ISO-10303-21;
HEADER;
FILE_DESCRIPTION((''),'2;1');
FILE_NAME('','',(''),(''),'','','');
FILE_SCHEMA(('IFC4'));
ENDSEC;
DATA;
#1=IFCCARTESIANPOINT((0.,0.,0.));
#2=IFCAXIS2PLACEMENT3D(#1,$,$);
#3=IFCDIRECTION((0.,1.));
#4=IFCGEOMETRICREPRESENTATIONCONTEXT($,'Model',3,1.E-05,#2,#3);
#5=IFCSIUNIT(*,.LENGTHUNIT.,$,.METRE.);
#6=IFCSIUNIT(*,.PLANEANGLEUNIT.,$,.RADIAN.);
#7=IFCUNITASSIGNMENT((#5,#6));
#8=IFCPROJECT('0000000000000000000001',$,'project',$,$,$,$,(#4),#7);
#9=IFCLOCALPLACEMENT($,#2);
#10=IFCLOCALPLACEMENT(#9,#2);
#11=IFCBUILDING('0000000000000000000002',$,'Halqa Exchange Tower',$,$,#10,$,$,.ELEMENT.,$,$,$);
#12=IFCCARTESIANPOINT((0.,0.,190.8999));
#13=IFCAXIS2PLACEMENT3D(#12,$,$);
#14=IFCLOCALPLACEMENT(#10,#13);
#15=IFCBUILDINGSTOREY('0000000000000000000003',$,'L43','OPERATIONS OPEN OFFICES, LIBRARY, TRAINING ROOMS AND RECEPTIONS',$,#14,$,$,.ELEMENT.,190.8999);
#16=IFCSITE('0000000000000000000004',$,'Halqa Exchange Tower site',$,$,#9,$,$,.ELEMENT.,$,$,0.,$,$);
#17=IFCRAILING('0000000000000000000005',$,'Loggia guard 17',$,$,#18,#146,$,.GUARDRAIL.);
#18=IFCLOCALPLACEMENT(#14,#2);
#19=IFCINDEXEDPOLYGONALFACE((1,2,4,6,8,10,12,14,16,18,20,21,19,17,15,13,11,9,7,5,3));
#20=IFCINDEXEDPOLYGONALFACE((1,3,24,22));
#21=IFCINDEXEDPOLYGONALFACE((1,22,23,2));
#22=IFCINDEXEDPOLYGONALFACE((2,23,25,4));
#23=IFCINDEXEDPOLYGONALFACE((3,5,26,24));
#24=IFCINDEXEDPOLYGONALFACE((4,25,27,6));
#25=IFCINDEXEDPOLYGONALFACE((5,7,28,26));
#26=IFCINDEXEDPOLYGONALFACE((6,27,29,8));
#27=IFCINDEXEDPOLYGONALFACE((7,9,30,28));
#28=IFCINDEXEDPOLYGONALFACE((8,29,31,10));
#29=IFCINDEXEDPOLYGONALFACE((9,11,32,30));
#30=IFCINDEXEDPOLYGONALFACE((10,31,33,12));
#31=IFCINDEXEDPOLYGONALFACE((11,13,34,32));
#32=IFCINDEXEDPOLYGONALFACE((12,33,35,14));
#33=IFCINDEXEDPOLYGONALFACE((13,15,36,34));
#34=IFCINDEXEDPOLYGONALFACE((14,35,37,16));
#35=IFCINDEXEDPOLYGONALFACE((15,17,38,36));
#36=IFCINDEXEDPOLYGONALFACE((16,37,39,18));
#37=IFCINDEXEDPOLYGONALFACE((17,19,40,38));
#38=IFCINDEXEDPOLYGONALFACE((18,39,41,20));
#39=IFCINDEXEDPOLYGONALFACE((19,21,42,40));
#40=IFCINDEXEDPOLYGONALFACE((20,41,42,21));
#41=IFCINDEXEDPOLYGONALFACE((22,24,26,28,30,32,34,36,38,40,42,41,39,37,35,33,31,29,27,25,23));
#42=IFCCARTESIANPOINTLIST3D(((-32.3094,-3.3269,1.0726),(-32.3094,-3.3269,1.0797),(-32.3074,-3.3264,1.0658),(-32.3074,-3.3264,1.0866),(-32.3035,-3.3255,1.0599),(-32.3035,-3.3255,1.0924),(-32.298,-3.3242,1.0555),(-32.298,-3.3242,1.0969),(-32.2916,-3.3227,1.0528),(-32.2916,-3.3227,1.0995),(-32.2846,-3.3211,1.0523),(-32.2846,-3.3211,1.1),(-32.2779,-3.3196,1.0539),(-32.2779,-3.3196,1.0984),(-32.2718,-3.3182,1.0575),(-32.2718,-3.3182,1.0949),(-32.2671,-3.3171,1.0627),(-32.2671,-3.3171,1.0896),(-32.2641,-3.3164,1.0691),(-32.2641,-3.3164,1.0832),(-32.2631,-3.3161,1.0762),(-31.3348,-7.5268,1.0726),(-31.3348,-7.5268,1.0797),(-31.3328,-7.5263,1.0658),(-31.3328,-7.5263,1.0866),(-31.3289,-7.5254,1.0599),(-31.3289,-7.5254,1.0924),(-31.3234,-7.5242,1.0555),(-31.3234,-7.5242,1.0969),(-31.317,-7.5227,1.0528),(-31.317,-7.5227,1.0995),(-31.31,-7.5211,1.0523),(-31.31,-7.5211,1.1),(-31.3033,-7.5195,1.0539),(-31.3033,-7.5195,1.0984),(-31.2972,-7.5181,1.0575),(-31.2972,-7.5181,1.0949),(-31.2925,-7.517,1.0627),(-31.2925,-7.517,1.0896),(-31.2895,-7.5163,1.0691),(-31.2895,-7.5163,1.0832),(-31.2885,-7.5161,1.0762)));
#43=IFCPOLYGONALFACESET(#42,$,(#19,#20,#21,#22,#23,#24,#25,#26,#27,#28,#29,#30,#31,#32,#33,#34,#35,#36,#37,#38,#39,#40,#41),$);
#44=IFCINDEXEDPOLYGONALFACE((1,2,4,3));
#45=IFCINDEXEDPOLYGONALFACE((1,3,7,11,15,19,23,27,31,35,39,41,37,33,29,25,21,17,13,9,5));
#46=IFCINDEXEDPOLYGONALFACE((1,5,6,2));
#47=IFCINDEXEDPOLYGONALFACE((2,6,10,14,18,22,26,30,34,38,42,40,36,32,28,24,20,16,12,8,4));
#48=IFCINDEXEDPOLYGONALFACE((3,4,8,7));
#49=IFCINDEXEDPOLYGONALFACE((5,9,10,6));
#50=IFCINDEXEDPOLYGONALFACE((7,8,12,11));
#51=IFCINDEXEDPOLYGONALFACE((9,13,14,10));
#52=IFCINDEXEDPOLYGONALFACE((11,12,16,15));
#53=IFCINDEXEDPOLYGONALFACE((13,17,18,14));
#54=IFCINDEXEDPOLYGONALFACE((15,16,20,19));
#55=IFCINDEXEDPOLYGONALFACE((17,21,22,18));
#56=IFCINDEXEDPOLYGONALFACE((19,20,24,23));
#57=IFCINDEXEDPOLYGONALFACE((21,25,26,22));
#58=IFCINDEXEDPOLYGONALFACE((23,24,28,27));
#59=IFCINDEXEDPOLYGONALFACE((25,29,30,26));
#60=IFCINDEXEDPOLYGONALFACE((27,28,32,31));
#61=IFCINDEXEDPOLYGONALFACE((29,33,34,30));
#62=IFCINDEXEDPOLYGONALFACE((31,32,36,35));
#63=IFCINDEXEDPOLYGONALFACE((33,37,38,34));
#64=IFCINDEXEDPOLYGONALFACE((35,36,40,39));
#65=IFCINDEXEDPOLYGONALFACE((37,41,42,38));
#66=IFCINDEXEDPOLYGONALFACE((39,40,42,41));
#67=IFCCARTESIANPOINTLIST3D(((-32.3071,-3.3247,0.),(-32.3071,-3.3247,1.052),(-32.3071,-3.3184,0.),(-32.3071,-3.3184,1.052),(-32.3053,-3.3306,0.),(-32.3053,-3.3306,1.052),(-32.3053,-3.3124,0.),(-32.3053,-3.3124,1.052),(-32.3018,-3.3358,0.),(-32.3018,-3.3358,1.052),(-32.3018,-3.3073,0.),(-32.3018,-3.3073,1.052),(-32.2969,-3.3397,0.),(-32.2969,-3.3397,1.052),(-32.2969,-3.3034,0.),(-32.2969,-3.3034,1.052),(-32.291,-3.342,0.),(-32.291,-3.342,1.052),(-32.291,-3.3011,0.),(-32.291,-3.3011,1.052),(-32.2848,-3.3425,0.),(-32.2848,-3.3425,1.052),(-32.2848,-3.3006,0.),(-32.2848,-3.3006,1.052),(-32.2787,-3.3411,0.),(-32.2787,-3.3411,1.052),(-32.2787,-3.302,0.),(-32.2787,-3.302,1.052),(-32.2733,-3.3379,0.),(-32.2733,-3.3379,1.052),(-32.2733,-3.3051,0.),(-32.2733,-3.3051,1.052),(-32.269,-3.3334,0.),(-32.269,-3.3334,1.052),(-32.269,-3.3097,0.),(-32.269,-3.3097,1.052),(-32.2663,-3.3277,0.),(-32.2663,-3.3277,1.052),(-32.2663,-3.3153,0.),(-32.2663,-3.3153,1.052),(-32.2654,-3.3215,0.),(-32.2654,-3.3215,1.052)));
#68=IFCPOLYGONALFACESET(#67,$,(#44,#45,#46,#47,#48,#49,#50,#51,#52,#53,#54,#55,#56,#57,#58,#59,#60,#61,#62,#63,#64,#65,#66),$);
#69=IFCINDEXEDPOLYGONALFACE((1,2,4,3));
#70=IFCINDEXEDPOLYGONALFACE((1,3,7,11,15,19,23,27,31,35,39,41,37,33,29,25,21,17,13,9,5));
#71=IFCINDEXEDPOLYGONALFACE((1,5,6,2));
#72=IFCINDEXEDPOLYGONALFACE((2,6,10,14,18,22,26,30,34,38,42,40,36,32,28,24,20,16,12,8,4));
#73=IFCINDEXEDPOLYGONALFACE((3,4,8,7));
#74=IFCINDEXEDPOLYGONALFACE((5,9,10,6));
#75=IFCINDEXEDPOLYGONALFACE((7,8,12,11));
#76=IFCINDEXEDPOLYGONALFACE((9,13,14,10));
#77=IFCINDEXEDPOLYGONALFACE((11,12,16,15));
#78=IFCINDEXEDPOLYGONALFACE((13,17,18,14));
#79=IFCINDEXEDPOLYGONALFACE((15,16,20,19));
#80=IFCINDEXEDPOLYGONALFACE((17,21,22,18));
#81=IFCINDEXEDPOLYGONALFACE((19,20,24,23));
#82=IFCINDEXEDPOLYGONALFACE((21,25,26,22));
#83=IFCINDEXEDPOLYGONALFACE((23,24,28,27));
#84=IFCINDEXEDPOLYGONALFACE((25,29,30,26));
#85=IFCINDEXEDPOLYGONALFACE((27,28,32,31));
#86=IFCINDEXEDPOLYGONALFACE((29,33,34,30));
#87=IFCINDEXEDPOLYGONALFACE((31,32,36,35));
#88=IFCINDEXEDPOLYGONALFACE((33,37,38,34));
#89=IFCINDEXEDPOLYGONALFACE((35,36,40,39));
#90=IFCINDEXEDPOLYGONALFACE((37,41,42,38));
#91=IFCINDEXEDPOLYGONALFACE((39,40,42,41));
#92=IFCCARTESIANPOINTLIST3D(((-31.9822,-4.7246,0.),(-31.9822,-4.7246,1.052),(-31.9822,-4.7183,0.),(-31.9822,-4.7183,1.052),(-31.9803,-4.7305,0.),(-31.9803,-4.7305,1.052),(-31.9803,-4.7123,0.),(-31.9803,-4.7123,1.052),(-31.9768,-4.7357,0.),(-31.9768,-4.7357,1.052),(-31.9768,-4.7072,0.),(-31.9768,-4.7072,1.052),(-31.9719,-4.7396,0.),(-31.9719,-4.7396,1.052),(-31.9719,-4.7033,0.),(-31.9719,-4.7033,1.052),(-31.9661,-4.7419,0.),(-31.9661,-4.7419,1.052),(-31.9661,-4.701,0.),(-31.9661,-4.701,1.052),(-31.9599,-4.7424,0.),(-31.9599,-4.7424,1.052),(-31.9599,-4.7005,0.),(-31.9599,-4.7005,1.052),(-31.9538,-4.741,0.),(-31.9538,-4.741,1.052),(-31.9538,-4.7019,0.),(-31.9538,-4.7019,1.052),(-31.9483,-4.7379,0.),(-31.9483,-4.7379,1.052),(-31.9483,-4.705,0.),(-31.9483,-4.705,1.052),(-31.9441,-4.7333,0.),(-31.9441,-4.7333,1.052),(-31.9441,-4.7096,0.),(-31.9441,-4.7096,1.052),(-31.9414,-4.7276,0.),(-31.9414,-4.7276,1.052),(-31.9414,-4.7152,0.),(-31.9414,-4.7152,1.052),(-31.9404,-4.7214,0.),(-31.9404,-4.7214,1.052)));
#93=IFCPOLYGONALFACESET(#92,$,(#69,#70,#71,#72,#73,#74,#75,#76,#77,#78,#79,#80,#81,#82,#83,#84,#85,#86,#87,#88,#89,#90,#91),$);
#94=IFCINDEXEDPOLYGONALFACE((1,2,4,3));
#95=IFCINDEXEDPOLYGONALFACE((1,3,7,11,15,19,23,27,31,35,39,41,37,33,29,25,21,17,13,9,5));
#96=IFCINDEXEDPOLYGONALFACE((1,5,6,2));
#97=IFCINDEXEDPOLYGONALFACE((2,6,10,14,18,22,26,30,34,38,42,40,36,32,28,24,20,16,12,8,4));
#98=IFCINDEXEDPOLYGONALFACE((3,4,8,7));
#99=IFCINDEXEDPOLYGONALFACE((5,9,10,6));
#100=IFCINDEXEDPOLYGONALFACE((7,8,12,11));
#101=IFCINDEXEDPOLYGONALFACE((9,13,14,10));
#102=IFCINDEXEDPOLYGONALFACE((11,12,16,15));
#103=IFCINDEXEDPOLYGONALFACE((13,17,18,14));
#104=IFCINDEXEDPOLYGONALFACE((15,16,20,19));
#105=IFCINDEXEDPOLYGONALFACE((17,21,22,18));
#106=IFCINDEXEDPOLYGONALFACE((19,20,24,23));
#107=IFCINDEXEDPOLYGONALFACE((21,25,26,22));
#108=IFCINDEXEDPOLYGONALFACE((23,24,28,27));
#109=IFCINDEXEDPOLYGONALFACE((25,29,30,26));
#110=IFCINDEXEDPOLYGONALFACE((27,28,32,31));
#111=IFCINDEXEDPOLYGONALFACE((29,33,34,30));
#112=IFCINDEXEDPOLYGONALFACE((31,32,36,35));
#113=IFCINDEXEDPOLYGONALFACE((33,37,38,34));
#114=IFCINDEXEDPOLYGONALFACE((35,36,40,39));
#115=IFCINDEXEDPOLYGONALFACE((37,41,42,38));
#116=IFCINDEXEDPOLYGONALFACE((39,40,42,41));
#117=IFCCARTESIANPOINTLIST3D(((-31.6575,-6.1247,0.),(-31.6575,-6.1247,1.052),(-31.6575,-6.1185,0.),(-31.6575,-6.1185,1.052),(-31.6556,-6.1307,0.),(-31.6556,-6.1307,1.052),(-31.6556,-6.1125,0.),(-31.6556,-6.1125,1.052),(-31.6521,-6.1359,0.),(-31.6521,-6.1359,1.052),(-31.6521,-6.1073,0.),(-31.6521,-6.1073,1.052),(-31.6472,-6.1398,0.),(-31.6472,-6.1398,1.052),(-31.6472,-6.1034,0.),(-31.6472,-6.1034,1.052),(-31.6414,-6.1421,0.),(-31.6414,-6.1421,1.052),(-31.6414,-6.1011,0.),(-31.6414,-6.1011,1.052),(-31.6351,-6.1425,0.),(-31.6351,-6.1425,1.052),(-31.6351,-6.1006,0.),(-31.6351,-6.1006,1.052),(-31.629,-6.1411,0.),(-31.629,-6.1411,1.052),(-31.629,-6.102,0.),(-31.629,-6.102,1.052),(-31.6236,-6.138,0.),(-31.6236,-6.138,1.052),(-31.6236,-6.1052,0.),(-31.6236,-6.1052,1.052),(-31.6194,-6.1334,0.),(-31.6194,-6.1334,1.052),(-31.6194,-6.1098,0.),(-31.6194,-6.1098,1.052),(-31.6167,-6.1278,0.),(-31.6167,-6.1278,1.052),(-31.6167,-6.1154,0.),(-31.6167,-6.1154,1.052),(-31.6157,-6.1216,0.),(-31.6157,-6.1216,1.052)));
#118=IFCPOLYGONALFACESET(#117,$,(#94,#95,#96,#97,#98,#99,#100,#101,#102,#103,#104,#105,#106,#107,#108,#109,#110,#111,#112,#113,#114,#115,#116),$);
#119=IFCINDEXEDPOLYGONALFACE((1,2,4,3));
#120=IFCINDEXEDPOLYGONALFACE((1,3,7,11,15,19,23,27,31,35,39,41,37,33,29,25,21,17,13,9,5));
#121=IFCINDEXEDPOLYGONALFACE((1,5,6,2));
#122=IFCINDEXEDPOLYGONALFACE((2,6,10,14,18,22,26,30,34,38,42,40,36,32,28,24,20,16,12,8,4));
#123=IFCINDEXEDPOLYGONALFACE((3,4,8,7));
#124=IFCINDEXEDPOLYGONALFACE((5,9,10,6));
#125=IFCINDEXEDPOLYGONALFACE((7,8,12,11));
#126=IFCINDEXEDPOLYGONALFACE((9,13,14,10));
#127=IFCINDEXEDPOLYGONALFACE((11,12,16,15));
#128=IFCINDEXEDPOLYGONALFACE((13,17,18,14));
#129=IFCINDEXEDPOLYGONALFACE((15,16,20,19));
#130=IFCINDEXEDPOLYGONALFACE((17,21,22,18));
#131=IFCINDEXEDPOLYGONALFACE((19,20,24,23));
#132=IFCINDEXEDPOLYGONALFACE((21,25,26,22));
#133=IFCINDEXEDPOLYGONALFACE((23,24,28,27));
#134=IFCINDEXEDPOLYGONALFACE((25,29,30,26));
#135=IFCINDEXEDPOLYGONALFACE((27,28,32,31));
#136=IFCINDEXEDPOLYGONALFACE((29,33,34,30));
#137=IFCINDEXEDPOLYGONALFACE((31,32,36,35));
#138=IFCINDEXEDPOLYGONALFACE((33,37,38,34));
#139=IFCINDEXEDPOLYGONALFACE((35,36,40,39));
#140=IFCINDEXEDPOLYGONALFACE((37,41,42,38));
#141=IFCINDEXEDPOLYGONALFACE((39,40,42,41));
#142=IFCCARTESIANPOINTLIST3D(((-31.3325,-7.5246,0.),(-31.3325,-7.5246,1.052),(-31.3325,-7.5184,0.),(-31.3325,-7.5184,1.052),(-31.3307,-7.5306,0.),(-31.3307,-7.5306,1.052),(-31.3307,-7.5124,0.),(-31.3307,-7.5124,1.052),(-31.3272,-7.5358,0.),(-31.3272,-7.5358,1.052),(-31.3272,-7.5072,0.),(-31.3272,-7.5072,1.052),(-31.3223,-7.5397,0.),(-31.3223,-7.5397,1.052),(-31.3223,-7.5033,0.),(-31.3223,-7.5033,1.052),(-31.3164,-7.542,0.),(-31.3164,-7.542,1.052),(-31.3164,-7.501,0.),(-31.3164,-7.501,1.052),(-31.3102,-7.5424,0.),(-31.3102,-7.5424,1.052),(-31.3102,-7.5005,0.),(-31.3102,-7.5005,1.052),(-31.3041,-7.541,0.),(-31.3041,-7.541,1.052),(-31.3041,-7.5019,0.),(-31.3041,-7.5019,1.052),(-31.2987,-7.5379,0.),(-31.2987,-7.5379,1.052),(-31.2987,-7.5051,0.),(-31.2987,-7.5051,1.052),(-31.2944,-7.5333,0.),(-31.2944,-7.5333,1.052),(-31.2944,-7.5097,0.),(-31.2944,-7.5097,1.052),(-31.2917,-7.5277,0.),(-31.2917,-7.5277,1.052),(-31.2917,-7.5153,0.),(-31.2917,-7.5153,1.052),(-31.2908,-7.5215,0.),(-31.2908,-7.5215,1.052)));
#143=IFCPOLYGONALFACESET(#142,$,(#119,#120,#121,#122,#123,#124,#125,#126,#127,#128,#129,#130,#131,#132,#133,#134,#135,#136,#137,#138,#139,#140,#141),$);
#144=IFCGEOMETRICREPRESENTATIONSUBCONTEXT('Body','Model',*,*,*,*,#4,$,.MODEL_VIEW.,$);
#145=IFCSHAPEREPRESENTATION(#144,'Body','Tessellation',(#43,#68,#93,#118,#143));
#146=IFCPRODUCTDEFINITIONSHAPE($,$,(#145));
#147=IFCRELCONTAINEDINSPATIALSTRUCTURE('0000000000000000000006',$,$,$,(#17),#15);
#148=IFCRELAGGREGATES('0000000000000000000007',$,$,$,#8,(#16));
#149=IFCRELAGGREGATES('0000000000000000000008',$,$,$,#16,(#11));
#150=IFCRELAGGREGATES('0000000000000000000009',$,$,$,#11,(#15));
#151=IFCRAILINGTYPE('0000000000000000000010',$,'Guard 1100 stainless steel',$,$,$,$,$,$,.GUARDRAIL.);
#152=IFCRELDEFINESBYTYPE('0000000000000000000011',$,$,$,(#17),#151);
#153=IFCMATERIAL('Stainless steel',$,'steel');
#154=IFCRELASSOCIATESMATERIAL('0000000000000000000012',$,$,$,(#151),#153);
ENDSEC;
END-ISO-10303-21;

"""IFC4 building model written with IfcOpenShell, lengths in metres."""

from ifc_helpers import new_model, si_unit, direction, frame, origin, origin_2d, place, context, subcontext, project, spatial, circle, extrude, material, type_object, element, save


model = new_model("IFC4")

# Units and contexts
model_context = context("Model", 3, precision=1e-05, world=origin(), true_north=direction((0.0, 1.0)))
body_context = subcontext(model_context, "Body", "Model", "MODEL_VIEW")
ifc_project = project(units=[si_unit("LENGTHUNIT", "METRE"), si_unit("PLANEANGLEUNIT", "RADIAN")], contexts=[model_context])

# Site, building, storey
site_placement = place(None, origin())
site = spatial("IfcSite", under=ifc_project, at=site_placement, Name="Halqa Exchange Tower site", CompositionType="ELEMENT", RefElevation=0.0)
building_placement = place(site_placement, origin())
building = spatial("IfcBuilding", under=site, at=building_placement, Name="Halqa Exchange Tower", CompositionType="ELEMENT")
storey_placement = place(building_placement, frame((0.0, 0.0, 190.8999)))
storey = spatial("IfcBuildingStorey", under=building, at=storey_placement, Name="L43", Description="OPERATIONS OPEN OFFICES, LIBRARY, TRAINING ROOMS AND RECEPTIONS", CompositionType="ELEMENT", Elevation=190.8999)

# Railing
ifc_material_1 = material(Name="Stainless steel", Category="steel")
railing_type = type_object("IfcRailingType", Name="Guard 1100 stainless steel", PredefinedType="GUARDRAIL", material=ifc_material_1)
railing_1_placement = place(storey_placement, frame((-32.2864, -3.3215, 0.0)))
element("IfcRailing", 1, at=railing_1_placement, inside=storey, type_object=railing_type, Name="Loggia guard 17", PredefinedType="GUARDRAIL", context=body_context, shape_type="SweptSolid", body=[
    extrude(circle(Radius=0.0239, at=origin_2d()), frame((0.0, 0.0, 1.0762), z_axis=(0.226046, -0.974117, 0.0), x_axis=(0.974117, 0.226046, 0.0)), (0.0, 0.0, 1.0), 4.3115),
    extrude(circle(Radius=0.021, at=origin_2d()), origin(), (0.0, 0.0, 1.0), 1.052),
    extrude(circle(Radius=0.021, at=origin_2d()), frame((0.325, -1.3999, 0.0)), (0.0, 0.0, 1.0), 1.052),
    extrude(circle(Radius=0.021, at=origin_2d()), frame((0.6497, -2.8, 0.0)), (0.0, 0.0, 1.0), 1.052),
    extrude(circle(Radius=0.021, at=origin_2d()), frame((0.9746, -4.2, 0.0)), (0.0, 0.0, 1.0), 1.052),
])

save(model, "model.ifc")
